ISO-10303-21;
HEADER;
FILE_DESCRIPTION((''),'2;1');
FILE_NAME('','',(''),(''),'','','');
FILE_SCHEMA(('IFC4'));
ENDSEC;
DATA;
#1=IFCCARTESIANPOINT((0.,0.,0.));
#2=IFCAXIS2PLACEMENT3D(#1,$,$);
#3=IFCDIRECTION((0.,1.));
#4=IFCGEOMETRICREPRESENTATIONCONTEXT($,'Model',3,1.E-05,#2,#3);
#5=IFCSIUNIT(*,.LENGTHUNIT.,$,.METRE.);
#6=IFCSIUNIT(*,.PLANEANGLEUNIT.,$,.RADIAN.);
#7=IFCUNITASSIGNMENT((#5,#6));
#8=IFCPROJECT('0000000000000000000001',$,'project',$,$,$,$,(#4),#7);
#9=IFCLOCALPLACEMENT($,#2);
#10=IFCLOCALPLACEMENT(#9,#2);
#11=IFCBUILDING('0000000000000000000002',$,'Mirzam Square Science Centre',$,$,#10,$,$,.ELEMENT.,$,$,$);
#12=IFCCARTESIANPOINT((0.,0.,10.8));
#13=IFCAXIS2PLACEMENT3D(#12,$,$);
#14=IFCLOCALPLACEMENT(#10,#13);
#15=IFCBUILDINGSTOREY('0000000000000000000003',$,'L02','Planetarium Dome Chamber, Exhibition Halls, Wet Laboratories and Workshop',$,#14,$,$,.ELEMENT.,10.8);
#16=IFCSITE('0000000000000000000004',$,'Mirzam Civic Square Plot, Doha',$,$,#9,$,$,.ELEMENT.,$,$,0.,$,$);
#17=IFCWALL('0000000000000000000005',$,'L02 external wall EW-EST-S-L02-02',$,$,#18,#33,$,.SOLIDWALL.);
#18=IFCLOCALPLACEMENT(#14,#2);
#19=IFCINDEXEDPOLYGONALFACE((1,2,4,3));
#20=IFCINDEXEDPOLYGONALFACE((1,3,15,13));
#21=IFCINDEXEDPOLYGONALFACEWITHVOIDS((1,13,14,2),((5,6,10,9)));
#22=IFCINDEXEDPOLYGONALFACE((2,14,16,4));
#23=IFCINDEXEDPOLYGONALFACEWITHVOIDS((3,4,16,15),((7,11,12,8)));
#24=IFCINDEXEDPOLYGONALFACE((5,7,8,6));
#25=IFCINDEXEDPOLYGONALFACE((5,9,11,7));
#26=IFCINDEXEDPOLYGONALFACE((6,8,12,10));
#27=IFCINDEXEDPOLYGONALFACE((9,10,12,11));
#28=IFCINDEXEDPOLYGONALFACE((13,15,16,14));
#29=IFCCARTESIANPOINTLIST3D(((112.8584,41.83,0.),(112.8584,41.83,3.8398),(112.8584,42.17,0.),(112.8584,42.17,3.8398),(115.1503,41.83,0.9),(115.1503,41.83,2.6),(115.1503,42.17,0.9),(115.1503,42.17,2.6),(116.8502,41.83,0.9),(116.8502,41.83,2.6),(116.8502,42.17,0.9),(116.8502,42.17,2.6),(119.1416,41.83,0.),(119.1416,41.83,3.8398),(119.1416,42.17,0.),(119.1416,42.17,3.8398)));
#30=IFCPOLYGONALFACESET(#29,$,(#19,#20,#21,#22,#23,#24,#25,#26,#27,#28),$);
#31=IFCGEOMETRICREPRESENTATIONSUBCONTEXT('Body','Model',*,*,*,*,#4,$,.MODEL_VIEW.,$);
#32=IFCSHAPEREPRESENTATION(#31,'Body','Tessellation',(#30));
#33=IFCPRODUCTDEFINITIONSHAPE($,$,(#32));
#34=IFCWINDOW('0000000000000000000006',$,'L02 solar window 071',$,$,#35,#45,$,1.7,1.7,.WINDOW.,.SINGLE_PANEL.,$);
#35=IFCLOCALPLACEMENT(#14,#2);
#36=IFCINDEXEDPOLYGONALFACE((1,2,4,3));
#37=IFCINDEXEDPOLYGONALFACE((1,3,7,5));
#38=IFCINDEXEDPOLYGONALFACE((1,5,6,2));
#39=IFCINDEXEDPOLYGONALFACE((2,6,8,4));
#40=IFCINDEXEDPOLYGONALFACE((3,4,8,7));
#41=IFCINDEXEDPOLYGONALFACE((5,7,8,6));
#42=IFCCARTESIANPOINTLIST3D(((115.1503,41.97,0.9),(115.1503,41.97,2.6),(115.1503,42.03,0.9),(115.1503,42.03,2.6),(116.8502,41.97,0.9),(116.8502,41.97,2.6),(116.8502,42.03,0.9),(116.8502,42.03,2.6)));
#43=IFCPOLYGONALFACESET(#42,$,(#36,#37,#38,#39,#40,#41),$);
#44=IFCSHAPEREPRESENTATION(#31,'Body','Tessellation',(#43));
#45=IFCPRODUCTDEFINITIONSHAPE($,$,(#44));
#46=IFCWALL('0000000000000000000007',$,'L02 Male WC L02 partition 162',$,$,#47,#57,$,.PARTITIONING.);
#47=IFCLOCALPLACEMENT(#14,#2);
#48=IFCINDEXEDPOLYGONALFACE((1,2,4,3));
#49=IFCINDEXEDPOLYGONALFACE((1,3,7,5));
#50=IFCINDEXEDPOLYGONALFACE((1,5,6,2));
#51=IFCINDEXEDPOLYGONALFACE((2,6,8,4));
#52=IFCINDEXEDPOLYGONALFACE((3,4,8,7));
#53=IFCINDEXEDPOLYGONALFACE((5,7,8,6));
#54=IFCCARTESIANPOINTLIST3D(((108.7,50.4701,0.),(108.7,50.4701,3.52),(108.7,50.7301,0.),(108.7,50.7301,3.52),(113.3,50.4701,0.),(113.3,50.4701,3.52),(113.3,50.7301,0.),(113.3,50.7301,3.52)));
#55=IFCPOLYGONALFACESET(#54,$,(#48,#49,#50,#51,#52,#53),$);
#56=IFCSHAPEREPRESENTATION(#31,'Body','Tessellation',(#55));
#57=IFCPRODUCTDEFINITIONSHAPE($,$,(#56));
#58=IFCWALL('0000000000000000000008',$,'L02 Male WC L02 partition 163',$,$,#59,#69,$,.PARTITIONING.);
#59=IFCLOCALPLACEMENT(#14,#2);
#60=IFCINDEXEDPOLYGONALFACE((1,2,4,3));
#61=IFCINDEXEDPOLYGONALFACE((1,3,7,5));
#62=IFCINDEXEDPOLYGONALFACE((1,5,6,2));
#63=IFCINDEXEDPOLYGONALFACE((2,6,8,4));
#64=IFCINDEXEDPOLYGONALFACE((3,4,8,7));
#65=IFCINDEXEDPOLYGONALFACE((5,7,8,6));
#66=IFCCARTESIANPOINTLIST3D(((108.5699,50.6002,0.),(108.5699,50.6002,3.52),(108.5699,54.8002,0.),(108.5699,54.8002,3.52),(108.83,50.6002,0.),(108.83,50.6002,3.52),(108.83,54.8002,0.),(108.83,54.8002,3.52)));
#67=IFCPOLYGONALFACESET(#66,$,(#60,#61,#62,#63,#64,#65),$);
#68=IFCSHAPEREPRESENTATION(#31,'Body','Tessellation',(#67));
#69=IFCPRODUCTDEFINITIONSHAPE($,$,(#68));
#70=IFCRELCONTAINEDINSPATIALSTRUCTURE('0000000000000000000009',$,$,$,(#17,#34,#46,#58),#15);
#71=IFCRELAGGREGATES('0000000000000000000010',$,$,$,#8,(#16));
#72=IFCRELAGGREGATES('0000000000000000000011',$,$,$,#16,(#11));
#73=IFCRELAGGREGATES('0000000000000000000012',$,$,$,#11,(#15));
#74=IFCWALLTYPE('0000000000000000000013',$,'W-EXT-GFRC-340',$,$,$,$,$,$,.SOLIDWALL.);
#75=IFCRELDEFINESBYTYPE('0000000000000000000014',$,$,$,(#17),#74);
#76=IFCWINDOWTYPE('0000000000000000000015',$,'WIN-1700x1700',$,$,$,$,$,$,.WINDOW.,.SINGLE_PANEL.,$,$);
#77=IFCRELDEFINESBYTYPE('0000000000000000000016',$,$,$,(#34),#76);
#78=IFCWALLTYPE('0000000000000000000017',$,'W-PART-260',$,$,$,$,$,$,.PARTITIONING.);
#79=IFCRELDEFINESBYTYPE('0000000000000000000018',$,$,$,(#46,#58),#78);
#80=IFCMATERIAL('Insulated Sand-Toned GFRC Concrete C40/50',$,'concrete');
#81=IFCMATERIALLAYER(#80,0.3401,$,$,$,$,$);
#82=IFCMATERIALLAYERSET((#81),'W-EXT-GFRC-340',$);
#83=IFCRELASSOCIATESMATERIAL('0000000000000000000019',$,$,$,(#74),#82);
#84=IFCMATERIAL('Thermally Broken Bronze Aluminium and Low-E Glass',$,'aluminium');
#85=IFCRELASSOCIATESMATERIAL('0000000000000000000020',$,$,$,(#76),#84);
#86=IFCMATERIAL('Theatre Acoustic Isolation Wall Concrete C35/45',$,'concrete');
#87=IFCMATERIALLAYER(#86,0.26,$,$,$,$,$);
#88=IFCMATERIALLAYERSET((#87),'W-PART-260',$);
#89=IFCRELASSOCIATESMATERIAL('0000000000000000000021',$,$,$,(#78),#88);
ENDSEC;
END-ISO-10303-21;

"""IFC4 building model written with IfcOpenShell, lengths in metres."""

from ifc_helpers import new_model, si_unit, direction, frame, frame_2d, origin, place, context, subcontext, project, spatial, rectangle, extrude, material, layer, layer_set, type_object, element, fill, save


model = new_model("IFC4")

# Units and contexts
model_context = context("Model", 3, precision=1e-05, world=origin(), true_north=direction((0.0, 1.0)))
body_context = subcontext(model_context, "Body", "Model", "MODEL_VIEW")
ifc_project = project(units=[si_unit("LENGTHUNIT", "METRE"), si_unit("PLANEANGLEUNIT", "RADIAN")], contexts=[model_context])

# Site, building, storey
site_placement = place(None, origin())
site = spatial("IfcSite", under=ifc_project, at=site_placement, Name="Mirzam Civic Square Plot, Doha", CompositionType="ELEMENT", RefElevation=0.0)
building_placement = place(site_placement, origin())
building = spatial("IfcBuilding", under=site, at=building_placement, Name="Mirzam Square Science Centre", CompositionType="ELEMENT")
storey_placement = place(building_placement, frame((0.0, 0.0, 10.8)))
storey = spatial("IfcBuildingStorey", under=building, at=storey_placement, Name="L02", Description="Planetarium Dome Chamber, Exhibition Halls, Wet Laboratories and Workshop", CompositionType="ELEMENT", Elevation=10.8)

# Wall, opening, window
ifc_material_1 = material(Name="Insulated Sand-Toned GFRC Concrete C40/50", Category="concrete")
ifc_layer_1 = layer(ifc_material_1, 0.3401)
ifc_layer_set_1 = layer_set([ifc_layer_1], Name="W-EXT-GFRC-340")
wall_type_1 = type_object("IfcWallType", Name="W-EXT-GFRC-340", PredefinedType="SOLIDWALL", material=ifc_layer_set_1)
wall_1_placement = place(storey_placement, frame((112.8584, 42.0, 0.0), z_axis=(0.0, 0.0, 1.0), x_axis=(1.0, 0.0, 0.0)))
wall_1 = element("IfcWall", 1, at=wall_1_placement, inside=storey, type_object=wall_type_1, Name="L02 external wall EW-EST-S-L02-02", PredefinedType="SOLIDWALL", context=body_context, shape_type="SweptSolid", body=[
    extrude(rectangle(XDim=6.2832, YDim=0.3401, at=frame_2d((3.1416, 0.0))), origin(), (0.0, 0.0, 1.0), 3.8398),
])
opening_placement = place(wall_1_placement, frame((2.2917, 0.0, 0.8999)))
opening = element("IfcOpeningElement", 2, at=opening_placement, cuts=wall_1, PredefinedType="OPENING", context=body_context, shape_type="SweptSolid", body=[
    extrude(rectangle(XDim=1.7, YDim=1.7, at=frame_2d((0.8501, 0.8501))), frame((0.0, 0.1799, 0.0), z_axis=(0.0, -1.0, 0.0), x_axis=(1.0, 0.0, 0.0)), (0.0, 0.0, 1.0), 0.3601),
])
ifc_material_2 = material(Name="Thermally Broken Bronze Aluminium and Low-E Glass", Category="aluminium")
window_type = type_object("IfcWindowType", Name="WIN-1700x1700", PartitioningType="SINGLE_PANEL", PredefinedType="WINDOW", material=ifc_material_2)
window_placement = place(opening_placement, origin())
window = element("IfcWindow", 3, at=window_placement, inside=storey, type_object=window_type, Name="L02 solar window 071", OverallHeight=1.7, OverallWidth=1.7, PartitioningType="SINGLE_PANEL", PredefinedType="WINDOW", context=body_context, shape_type="SweptSolid", body=[
    extrude(rectangle(XDim=1.7, YDim=1.7, at=frame_2d((0.8501, 0.8501))), frame((0.0, 0.03, 0.0), z_axis=(0.0, -1.0, 0.0), x_axis=(1.0, 0.0, 0.0)), (0.0, 0.0, 1.0), 0.0601),
])
fill(opening, window)

# Walls
ifc_material_3 = material(Name="Theatre Acoustic Isolation Wall Concrete C35/45", Category="concrete")
ifc_layer_2 = layer(ifc_material_3, 0.26)
ifc_layer_set_2 = layer_set([ifc_layer_2], Name="W-PART-260")
wall_type_2 = type_object("IfcWallType", Name="W-PART-260", PredefinedType="PARTITIONING", material=ifc_layer_set_2)
wall_2_placement = place(storey_placement, frame((113.3, 50.6001, 0.0), z_axis=(0.0, 0.0, 1.0), x_axis=(-1.0, 0.0, 0.0)))
element("IfcWall", 4, at=wall_2_placement, inside=storey, type_object=wall_type_2, Name="L02 Male WC L02 partition 162", PredefinedType="PARTITIONING", context=body_context, shape_type="SweptSolid", body=[
    extrude(rectangle(XDim=4.6001, YDim=0.26, at=frame_2d((2.3, 0.0))), origin(), (0.0, 0.0, 1.0), 3.52),
])
wall_3_placement = place(storey_placement, frame((108.7, 50.6001, 0.0), z_axis=(0.0, 0.0, 1.0), x_axis=(0.0, 1.0, 0.0)))
element("IfcWall", 5, at=wall_3_placement, inside=storey, type_object=wall_type_2, Name="L02 Male WC L02 partition 163", PredefinedType="PARTITIONING", context=body_context, shape_type="SweptSolid", body=[
    extrude(rectangle(XDim=4.2, YDim=0.26, at=frame_2d((2.1001, 0.0))), origin(), (0.0, 0.0, 1.0), 3.52),
])

save(model, "model.ifc")
